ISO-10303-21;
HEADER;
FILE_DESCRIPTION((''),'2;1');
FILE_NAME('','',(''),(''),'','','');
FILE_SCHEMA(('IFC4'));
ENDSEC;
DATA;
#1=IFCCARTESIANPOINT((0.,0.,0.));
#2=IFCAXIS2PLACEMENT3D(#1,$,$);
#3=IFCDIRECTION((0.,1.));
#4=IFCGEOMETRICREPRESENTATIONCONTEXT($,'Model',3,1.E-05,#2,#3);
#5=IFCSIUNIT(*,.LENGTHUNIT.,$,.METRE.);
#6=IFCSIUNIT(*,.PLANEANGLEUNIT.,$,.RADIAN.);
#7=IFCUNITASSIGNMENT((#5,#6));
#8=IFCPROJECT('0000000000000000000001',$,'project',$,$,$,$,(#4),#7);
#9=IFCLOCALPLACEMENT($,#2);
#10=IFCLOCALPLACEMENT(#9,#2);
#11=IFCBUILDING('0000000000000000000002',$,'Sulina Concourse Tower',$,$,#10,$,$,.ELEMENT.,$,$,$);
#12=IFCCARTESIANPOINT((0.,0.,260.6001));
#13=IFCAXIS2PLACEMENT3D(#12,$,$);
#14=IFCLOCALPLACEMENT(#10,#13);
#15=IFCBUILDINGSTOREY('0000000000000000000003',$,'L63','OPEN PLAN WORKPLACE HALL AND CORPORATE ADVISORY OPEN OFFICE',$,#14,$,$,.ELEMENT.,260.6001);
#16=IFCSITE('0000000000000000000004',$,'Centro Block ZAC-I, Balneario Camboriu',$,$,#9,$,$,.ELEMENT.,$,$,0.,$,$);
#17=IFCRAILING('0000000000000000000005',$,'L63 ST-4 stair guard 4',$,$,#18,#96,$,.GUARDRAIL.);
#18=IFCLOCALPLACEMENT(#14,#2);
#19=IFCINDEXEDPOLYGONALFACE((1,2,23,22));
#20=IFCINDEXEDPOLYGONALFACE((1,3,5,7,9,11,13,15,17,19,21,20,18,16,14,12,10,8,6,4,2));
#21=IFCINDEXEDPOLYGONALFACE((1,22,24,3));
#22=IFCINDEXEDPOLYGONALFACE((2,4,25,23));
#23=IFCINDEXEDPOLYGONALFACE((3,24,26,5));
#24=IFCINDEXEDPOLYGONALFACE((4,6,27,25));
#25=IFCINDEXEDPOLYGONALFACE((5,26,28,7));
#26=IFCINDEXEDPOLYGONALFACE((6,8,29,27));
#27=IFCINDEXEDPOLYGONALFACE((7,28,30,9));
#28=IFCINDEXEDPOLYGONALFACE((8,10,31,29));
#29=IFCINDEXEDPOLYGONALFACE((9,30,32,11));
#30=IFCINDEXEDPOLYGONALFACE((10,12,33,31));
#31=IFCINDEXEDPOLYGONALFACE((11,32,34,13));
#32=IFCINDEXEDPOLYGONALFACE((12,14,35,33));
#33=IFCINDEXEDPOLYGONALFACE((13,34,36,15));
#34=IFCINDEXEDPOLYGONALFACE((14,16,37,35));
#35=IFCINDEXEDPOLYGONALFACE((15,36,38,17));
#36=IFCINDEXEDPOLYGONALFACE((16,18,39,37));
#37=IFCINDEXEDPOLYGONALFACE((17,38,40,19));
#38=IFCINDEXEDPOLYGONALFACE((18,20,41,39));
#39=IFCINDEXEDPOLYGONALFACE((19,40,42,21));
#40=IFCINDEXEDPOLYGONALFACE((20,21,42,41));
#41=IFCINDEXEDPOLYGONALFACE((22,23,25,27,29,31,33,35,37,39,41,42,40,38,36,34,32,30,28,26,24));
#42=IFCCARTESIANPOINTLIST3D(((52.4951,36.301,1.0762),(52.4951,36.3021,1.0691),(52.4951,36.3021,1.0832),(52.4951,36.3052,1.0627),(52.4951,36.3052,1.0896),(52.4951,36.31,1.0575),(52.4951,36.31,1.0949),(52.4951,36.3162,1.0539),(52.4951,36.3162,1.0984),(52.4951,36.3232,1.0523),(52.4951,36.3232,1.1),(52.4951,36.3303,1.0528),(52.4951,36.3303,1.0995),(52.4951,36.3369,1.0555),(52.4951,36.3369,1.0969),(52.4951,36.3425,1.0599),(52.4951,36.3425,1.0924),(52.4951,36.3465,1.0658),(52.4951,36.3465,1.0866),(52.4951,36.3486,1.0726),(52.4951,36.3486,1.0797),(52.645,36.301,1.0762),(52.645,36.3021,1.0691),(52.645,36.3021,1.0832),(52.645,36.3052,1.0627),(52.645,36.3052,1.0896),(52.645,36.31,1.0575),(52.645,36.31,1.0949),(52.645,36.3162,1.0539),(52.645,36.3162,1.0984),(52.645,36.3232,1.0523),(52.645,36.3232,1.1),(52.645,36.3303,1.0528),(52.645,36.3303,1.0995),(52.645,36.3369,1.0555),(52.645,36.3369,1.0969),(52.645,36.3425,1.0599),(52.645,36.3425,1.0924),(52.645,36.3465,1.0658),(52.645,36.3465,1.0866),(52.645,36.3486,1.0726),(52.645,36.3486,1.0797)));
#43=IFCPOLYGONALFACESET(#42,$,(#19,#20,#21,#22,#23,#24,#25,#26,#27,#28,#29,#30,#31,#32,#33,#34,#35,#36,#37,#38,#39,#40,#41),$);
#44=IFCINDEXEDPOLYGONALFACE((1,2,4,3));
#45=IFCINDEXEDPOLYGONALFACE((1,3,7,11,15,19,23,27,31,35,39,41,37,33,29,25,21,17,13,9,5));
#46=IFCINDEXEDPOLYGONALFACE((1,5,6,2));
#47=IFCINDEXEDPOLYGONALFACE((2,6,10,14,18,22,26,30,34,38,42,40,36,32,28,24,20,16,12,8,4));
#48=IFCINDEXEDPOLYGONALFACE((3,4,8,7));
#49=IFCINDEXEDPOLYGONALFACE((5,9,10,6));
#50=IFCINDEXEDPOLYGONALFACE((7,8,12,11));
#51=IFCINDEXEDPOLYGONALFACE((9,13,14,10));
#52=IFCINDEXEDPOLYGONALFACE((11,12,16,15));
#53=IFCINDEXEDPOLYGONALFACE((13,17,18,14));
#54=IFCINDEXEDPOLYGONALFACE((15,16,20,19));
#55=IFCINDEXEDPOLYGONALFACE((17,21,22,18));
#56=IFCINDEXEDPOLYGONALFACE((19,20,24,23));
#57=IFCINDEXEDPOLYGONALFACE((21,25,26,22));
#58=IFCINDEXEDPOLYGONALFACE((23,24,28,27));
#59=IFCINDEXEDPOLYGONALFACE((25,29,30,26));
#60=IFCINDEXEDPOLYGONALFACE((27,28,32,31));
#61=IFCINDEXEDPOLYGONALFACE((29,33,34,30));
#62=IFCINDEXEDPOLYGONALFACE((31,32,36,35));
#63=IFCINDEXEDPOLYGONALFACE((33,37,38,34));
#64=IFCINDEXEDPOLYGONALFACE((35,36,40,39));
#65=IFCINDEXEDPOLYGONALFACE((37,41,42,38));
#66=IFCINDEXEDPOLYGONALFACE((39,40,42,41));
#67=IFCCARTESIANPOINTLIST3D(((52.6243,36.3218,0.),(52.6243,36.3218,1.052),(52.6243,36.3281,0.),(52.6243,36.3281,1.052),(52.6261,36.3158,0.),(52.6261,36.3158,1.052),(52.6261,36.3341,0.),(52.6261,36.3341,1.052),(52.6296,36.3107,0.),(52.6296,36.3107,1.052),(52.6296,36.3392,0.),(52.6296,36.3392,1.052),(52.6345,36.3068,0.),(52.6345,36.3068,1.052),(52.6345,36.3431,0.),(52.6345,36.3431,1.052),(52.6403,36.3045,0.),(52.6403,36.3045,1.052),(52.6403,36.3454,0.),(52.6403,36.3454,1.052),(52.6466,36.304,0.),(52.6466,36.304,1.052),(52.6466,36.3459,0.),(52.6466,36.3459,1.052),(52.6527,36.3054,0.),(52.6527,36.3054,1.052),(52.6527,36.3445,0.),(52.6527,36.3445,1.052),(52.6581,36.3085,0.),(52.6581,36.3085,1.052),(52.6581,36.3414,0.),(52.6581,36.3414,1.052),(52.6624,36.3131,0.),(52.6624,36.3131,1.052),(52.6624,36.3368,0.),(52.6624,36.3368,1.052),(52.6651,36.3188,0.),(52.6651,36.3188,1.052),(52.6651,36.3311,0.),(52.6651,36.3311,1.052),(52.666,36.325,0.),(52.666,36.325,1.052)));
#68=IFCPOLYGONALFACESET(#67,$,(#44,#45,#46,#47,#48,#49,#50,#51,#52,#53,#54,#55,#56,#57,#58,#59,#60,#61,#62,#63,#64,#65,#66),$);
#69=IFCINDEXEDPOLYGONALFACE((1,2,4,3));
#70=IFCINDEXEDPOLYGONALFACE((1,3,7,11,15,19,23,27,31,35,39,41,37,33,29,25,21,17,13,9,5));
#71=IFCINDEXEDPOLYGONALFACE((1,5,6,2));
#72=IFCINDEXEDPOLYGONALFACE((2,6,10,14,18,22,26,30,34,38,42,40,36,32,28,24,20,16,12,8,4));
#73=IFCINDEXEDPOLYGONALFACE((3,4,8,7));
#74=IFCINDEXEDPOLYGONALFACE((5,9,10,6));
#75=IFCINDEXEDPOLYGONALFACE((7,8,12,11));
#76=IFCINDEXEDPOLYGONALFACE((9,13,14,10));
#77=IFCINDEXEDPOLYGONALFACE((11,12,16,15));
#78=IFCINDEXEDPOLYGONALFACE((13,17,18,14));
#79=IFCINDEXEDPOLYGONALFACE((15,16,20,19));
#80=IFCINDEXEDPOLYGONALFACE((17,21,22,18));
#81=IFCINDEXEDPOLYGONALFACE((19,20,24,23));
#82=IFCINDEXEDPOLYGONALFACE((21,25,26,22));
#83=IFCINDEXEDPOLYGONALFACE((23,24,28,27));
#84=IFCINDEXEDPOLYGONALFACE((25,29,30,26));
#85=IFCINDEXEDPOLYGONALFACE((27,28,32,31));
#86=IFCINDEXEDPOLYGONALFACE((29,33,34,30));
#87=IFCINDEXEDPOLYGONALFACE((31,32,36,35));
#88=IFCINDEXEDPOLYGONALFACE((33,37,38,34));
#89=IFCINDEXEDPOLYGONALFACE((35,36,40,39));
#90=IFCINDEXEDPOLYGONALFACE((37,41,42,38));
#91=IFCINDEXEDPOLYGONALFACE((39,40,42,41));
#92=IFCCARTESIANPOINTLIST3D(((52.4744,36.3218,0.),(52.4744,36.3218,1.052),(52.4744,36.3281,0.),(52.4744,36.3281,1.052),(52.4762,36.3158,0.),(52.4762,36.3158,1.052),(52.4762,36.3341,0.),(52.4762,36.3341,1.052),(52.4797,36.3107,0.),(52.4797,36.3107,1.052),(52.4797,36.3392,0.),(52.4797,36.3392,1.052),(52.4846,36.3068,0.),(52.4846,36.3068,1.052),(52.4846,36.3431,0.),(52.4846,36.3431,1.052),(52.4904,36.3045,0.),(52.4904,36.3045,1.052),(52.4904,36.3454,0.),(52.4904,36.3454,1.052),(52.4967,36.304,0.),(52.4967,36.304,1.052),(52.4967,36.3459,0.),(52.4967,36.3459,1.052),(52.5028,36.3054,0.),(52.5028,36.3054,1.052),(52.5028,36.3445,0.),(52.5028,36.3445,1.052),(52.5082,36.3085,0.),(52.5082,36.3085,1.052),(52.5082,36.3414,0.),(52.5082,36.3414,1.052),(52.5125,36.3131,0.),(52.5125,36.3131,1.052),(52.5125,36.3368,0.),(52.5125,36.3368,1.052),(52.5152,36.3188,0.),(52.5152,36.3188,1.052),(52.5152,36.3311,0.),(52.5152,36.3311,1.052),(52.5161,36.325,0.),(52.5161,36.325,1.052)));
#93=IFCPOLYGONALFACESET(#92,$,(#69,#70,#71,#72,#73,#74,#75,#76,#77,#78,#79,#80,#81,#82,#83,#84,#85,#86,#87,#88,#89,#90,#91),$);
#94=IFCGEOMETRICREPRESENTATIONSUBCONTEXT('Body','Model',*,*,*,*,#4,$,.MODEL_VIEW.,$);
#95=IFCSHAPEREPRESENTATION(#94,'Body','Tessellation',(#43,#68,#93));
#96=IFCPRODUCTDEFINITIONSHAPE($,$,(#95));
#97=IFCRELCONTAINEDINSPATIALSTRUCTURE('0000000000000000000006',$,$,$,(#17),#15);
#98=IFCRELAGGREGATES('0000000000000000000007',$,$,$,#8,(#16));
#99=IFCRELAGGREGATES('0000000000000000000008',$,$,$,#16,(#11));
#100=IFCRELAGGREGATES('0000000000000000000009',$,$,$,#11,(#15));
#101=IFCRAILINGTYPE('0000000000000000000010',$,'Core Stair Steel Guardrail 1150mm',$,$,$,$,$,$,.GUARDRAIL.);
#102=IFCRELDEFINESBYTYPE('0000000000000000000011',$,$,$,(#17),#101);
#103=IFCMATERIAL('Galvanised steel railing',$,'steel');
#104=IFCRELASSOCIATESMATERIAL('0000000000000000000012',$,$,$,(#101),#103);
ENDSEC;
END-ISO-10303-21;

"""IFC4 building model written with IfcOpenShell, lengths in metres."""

from ifc_helpers import new_model, si_unit, direction, frame, origin, origin_2d, place, context, subcontext, project, spatial, circle, extrude, material, type_object, element, save


model = new_model("IFC4")

# Units and contexts
model_context = context("Model", 3, precision=1e-05, world=origin(), true_north=direction((0.0, 1.0)))
body_context = subcontext(model_context, "Body", "Model", "MODEL_VIEW")
ifc_project = project(units=[si_unit("LENGTHUNIT", "METRE"), si_unit("PLANEANGLEUNIT", "RADIAN")], contexts=[model_context])

# Site, building, storey
site_placement = place(None, origin())
site = spatial("IfcSite", under=ifc_project, at=site_placement, Name="Centro Block ZAC-I, Balneario Camboriu", CompositionType="ELEMENT", RefElevation=0.0)
building_placement = place(site_placement, origin())
building = spatial("IfcBuilding", under=site, at=building_placement, Name="Sulina Concourse Tower", CompositionType="ELEMENT")
storey_placement = place(building_placement, frame((0.0, 0.0, 260.6001)))
storey = spatial("IfcBuildingStorey", under=building, at=storey_placement, Name="L63", Description="OPEN PLAN WORKPLACE HALL AND CORPORATE ADVISORY OPEN OFFICE", CompositionType="ELEMENT", Elevation=260.6001)

# Railing
ifc_material_1 = material(Name="Galvanised steel railing", Category="steel")
railing_type_1 = type_object("IfcRailingType", Name="Core Stair Steel Guardrail 1150mm", PredefinedType="GUARDRAIL", material=ifc_material_1)
railing_1_placement = place(storey_placement, frame((52.645, 36.325, 0.0)))
element("IfcRailing", 1, at=railing_1_placement, inside=storey, type_object=railing_type_1, Name="L63 ST-4 stair guard 4", PredefinedType="GUARDRAIL", context=body_context, shape_type="SweptSolid", body=[
    extrude(circle(Radius=0.0239, at=origin_2d()), frame((0.0, 0.0, 1.0762), z_axis=(-1.0, 0.0, 0.0), x_axis=(0.0, -1.0, 0.0)), (0.0, 0.0, 1.0), 0.1499),
    extrude(circle(Radius=0.021, at=origin_2d()), origin(), (0.0, 0.0, 1.0), 1.052),
    extrude(circle(Radius=0.021, at=origin_2d()), frame((-0.1499, 0.0, 0.0)), (0.0, 0.0, 1.0), 1.052),
])

save(model, "model.ifc")
